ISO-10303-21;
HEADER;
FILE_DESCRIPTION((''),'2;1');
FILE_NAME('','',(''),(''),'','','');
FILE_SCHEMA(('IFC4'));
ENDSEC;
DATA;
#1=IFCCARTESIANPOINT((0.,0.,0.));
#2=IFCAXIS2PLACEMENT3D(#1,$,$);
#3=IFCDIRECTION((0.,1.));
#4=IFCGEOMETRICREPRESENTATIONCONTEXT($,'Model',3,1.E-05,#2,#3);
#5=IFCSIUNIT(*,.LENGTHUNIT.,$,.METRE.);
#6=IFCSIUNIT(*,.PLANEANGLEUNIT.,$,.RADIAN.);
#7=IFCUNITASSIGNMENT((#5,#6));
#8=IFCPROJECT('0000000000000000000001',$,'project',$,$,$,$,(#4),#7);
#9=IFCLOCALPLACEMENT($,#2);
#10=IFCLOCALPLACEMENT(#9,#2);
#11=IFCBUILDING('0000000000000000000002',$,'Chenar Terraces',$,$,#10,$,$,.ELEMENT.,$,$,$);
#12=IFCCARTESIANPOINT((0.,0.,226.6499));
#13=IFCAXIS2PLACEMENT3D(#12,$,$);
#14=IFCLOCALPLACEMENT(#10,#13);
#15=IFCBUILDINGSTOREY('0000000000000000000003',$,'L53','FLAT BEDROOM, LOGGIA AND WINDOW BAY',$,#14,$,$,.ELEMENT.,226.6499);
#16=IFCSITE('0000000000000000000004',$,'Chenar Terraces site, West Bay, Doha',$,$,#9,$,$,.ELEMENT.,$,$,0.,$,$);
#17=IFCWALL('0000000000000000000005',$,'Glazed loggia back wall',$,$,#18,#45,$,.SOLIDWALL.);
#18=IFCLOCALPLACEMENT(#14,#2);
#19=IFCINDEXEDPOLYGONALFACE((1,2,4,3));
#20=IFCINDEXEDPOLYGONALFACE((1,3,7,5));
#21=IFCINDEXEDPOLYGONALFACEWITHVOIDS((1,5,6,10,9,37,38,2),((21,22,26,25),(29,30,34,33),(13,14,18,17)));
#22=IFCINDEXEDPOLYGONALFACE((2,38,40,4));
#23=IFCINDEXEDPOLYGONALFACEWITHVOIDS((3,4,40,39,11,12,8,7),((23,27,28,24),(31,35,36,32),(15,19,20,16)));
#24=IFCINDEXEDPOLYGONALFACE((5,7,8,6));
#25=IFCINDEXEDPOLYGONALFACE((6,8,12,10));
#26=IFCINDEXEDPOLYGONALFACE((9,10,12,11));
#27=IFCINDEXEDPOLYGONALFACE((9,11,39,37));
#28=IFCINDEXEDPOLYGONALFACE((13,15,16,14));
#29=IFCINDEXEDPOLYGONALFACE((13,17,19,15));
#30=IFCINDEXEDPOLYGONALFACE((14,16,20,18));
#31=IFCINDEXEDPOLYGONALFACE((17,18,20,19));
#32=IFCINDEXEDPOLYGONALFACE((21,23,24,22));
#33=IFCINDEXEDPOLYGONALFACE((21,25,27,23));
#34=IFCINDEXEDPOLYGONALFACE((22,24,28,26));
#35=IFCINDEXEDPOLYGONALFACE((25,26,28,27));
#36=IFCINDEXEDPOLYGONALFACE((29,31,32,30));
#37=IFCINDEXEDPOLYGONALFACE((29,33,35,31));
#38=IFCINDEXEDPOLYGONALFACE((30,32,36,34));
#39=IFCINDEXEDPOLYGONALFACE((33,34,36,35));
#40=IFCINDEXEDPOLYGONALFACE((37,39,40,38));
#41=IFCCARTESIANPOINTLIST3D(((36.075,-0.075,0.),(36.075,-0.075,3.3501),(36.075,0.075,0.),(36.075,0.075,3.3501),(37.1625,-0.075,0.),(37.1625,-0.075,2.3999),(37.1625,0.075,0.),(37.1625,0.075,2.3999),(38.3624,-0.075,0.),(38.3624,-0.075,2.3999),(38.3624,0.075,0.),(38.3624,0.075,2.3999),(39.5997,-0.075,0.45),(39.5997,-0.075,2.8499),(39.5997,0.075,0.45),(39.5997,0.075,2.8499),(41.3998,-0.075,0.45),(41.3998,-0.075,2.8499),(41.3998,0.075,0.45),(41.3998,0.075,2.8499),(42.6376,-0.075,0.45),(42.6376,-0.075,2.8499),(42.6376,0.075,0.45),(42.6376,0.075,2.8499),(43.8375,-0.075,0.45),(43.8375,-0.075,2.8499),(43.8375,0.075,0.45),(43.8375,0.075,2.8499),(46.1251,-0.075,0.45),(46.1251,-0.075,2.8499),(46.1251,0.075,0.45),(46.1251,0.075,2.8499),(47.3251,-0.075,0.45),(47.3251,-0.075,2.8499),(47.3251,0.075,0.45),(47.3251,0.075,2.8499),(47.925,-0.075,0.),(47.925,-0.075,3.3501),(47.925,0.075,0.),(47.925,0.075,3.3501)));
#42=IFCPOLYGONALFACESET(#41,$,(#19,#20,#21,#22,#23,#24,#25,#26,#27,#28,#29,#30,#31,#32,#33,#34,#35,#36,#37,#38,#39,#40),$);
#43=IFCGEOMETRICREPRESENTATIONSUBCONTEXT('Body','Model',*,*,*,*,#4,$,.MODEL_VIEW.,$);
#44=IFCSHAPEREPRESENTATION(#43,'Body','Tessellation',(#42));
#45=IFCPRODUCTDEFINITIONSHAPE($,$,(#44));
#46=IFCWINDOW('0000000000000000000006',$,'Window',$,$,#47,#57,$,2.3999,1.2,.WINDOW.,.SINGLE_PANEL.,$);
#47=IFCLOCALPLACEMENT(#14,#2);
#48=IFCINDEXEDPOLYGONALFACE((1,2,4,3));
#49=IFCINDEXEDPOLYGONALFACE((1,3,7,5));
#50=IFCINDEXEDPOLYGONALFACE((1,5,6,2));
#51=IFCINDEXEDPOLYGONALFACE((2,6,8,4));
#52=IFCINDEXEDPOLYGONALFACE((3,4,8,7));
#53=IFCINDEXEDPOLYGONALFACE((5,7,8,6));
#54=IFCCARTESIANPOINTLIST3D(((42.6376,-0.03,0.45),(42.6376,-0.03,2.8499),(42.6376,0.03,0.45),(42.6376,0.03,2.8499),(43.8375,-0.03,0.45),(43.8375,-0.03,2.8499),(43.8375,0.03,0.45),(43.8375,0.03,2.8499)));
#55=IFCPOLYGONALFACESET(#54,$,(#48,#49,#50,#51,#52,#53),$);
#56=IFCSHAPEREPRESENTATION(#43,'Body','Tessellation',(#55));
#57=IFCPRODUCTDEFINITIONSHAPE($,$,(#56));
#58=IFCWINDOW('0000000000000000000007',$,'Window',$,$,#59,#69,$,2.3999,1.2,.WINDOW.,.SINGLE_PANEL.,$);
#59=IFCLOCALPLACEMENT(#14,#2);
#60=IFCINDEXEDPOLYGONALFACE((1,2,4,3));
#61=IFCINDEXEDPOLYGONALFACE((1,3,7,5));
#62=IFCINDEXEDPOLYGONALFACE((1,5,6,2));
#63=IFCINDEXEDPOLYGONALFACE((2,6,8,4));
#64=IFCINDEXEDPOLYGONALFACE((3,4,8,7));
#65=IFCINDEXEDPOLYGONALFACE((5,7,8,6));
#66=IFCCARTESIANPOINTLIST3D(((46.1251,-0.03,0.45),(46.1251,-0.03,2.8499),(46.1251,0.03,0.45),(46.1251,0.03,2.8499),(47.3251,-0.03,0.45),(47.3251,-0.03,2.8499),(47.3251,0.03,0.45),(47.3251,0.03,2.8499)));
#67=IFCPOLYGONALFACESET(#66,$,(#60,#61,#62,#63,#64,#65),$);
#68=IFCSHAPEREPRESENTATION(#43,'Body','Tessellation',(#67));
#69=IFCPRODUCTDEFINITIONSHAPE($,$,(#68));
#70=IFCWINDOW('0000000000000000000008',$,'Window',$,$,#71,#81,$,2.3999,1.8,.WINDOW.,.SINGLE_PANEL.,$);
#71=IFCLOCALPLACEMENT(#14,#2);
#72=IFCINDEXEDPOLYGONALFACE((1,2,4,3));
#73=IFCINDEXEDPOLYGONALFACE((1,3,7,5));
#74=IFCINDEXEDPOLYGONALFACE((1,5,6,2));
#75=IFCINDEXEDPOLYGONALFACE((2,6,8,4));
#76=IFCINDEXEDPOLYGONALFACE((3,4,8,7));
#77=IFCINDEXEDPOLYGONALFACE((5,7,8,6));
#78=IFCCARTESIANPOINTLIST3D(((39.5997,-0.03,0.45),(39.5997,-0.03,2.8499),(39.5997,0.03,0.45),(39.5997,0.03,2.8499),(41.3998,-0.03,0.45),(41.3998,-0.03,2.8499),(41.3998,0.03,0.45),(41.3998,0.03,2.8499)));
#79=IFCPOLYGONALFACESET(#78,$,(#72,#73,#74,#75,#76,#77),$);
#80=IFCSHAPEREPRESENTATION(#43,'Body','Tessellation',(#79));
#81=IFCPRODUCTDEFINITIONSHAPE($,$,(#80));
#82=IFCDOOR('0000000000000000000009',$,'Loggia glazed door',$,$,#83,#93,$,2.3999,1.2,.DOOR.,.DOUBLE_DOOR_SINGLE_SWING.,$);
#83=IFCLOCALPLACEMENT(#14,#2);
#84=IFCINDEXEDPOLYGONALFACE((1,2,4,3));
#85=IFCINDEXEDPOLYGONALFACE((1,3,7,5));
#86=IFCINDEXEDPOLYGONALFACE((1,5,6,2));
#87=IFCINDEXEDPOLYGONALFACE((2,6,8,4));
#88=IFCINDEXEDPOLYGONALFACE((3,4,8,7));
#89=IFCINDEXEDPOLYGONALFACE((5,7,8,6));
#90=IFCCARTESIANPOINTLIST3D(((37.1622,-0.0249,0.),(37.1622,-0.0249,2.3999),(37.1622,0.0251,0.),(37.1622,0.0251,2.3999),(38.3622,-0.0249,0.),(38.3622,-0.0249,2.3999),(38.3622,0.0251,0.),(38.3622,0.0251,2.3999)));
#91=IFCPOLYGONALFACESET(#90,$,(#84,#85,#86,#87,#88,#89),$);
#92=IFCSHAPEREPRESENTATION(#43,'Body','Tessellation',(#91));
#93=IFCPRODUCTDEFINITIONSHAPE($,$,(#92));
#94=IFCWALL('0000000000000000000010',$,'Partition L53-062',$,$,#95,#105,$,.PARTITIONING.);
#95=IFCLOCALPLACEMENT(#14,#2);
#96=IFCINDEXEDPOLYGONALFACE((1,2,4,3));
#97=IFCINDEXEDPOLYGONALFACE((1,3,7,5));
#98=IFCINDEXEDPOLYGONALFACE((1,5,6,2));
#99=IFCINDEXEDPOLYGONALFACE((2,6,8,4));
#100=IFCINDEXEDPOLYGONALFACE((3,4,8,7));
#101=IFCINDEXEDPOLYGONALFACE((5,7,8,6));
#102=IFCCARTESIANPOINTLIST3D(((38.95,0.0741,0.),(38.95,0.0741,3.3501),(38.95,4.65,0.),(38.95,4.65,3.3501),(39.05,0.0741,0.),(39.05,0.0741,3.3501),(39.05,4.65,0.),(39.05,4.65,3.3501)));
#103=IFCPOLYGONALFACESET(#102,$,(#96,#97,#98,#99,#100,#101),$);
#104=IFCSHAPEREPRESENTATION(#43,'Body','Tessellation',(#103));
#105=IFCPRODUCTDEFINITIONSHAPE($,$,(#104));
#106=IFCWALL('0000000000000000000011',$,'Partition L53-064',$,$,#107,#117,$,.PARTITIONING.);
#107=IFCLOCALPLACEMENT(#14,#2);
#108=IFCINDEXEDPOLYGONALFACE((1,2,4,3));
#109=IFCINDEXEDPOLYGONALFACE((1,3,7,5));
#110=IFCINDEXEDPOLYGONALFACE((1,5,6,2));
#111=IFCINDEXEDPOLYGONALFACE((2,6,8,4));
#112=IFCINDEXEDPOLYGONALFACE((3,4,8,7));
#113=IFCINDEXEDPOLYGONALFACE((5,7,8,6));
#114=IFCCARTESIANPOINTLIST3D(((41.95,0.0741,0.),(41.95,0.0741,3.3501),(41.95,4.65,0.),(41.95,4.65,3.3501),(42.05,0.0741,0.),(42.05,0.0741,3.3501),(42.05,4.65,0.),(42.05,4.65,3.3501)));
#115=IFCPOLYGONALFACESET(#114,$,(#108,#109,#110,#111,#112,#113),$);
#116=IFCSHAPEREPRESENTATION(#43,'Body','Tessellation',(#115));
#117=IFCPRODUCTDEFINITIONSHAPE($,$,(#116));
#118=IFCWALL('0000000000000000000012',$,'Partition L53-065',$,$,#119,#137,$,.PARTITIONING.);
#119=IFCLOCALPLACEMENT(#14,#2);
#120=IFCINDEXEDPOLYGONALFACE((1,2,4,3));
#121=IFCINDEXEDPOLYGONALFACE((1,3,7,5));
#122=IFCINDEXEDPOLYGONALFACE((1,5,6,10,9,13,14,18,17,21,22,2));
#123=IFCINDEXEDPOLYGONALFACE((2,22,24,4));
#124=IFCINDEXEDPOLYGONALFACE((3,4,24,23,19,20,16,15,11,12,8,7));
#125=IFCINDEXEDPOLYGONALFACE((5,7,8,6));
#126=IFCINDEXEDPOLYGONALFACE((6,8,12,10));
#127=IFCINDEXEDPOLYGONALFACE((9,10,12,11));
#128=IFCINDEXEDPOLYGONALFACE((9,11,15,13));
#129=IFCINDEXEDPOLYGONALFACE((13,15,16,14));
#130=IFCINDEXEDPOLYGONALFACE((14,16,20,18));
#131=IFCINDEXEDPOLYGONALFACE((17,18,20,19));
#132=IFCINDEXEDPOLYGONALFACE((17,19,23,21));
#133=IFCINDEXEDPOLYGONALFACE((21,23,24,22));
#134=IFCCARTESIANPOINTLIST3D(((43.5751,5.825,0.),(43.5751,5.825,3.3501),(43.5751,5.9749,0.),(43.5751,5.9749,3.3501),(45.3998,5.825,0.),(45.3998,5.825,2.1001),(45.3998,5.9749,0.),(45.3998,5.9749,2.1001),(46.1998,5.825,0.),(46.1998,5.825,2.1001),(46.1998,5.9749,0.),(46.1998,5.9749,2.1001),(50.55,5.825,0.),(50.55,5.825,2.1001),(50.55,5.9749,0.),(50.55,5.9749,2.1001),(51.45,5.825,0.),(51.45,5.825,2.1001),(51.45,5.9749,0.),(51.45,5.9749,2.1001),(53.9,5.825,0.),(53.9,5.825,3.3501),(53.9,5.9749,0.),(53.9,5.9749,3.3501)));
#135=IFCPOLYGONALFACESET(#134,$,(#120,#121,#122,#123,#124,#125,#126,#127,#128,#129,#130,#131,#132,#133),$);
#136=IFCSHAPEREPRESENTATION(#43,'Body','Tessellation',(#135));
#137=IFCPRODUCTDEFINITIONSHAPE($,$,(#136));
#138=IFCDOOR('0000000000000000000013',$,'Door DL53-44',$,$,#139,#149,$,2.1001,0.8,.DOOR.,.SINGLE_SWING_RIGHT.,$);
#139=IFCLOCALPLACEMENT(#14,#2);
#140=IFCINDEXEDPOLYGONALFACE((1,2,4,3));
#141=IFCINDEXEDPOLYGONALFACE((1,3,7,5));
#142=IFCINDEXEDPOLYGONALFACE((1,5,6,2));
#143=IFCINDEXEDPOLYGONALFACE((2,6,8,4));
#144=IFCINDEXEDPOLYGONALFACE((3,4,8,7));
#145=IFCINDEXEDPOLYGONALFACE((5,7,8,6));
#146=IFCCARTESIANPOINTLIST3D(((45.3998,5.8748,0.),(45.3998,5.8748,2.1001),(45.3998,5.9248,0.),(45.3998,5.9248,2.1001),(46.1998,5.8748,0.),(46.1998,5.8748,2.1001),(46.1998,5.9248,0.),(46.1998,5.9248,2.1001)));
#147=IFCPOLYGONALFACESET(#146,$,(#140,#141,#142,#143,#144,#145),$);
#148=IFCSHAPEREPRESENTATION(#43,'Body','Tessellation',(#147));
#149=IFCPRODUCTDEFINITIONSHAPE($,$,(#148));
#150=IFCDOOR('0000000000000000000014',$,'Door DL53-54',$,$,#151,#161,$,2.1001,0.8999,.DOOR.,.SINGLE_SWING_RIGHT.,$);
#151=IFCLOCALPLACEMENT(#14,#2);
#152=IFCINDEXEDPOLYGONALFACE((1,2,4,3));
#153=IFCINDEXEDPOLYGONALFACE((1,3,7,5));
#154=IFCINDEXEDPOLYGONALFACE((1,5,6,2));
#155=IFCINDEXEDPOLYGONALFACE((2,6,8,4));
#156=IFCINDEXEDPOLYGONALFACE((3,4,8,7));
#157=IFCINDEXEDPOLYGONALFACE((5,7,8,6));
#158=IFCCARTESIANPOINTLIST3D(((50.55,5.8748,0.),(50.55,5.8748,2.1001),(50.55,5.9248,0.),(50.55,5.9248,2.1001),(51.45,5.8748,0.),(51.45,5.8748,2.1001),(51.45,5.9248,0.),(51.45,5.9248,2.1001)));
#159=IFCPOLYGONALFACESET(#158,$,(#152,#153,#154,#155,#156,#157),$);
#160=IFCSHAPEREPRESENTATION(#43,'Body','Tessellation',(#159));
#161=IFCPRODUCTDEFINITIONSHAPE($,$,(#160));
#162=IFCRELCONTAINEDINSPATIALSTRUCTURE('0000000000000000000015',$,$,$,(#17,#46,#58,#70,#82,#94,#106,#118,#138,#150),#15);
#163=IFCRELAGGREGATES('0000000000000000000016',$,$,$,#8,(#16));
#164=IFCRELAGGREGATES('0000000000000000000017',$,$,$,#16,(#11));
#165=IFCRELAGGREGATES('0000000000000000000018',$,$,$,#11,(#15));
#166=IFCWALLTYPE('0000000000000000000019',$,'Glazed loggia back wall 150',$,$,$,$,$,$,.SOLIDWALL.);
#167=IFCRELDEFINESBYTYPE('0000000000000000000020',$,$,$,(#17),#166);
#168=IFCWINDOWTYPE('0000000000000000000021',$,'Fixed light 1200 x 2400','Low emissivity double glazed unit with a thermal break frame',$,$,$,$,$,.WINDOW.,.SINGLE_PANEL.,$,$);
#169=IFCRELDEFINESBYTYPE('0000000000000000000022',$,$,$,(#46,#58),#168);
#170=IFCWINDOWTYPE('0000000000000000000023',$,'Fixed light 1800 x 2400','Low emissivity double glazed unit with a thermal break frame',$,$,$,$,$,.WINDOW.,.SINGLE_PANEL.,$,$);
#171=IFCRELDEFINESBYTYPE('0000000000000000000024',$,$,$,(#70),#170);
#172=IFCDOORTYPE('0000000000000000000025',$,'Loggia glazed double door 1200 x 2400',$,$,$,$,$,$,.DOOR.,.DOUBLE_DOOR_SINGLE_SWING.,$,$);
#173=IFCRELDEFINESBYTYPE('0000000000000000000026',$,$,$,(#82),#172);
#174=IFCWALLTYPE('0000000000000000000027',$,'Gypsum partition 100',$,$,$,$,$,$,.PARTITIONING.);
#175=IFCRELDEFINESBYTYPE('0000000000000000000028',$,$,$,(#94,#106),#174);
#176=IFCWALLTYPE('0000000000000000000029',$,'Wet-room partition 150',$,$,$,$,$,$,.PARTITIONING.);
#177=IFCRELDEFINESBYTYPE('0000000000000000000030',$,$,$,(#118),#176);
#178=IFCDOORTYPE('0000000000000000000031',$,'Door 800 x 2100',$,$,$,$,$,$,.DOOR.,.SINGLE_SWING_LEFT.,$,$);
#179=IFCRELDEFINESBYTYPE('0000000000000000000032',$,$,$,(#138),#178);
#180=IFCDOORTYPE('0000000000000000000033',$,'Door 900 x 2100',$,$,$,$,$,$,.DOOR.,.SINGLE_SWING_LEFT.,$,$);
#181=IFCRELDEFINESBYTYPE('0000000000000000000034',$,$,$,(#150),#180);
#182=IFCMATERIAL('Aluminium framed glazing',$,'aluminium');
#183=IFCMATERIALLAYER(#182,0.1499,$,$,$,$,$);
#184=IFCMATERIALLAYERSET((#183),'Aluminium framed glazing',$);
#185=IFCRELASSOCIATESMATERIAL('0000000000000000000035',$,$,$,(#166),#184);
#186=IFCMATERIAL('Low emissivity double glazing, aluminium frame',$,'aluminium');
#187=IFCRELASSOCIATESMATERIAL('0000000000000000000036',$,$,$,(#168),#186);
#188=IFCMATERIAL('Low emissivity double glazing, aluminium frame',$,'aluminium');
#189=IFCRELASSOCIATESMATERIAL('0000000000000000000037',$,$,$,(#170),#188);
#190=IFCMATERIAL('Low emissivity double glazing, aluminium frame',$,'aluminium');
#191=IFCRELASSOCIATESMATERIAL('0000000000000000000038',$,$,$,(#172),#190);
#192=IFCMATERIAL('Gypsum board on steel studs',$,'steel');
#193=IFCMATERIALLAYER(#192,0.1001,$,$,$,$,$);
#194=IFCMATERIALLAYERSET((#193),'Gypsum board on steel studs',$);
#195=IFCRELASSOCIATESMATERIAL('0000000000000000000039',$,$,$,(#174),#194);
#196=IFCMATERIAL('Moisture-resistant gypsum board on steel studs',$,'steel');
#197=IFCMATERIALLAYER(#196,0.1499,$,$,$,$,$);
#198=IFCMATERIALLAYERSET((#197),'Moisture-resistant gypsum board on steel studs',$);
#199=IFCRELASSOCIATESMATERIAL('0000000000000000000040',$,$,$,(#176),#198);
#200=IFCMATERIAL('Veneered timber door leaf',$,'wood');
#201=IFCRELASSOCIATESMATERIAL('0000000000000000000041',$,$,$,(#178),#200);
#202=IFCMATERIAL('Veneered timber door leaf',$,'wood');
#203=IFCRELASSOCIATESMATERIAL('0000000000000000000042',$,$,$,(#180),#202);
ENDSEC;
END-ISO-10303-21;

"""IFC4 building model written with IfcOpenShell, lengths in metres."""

from ifc_helpers import new_model, si_unit, direction, frame, frame_2d, origin, place, context, subcontext, project, spatial, rectangle, extrude, material, layer, layer_set, type_object, element, fill, save


model = new_model("IFC4")

# Units and contexts
model_context = context("Model", 3, precision=1e-05, world=origin(), true_north=direction((0.0, 1.0)))
body_context = subcontext(model_context, "Body", "Model", "MODEL_VIEW")
ifc_project = project(units=[si_unit("LENGTHUNIT", "METRE"), si_unit("PLANEANGLEUNIT", "RADIAN")], contexts=[model_context])

# Site, building, storey
site_placement = place(None, origin())
site = spatial("IfcSite", under=ifc_project, at=site_placement, Name="Chenar Terraces site, West Bay, Doha", CompositionType="ELEMENT", RefElevation=0.0)
building_placement = place(site_placement, origin())
building = spatial("IfcBuilding", under=site, at=building_placement, Name="Chenar Terraces", CompositionType="ELEMENT")
storey_placement = place(building_placement, frame((0.0, 0.0, 226.6499)))
storey = spatial("IfcBuildingStorey", under=building, at=storey_placement, Name="L53", Description="FLAT BEDROOM, LOGGIA AND WINDOW BAY", CompositionType="ELEMENT", Elevation=226.6499)

# Wall, openings, windows, door
ifc_material_1 = material(Name="Aluminium framed glazing", Category="aluminium")
ifc_layer_1 = layer(ifc_material_1, 0.1499)
ifc_layer_set_1 = layer_set([ifc_layer_1], Name="Aluminium framed glazing")
wall_type_1 = type_object("IfcWallType", Name="Glazed loggia back wall 150", PredefinedType="SOLIDWALL", material=ifc_layer_set_1)
wall_1_placement = place(storey_placement, frame((36.075, 0.0, 0.0), z_axis=(0.0, 0.0, 1.0), x_axis=(1.0, 0.0, 0.0)))
wall_1 = element("IfcWall", 1, at=wall_1_placement, inside=storey, type_object=wall_type_1, Name="Glazed loggia back wall", PredefinedType="SOLIDWALL", context=body_context, shape_type="SweptSolid", body=[
    extrude(rectangle(XDim=11.8501, YDim=0.1499, at=frame_2d((5.925, 0.0))), origin(), (0.0, 0.0, 1.0), 3.3501),
])
opening_1_placement = place(wall_1_placement, frame((1.0874, 0.0, 0.0)))
opening_1 = element("IfcOpeningElement", 2, at=opening_1_placement, cuts=wall_1, PredefinedType="OPENING", context=body_context, shape_type="SweptSolid", body=[
    extrude(rectangle(XDim=1.2, YDim=2.3999, at=frame_2d((0.6001, 1.2))), frame((0.0, 0.085, 0.0), z_axis=(0.0, -1.0, 0.0), x_axis=(1.0, 0.0, 0.0)), (0.0, 0.0, 1.0), 0.1699),
])
opening_2_placement = place(wall_1_placement, frame((3.5249, 0.0, 0.45)))
opening_2 = element("IfcOpeningElement", 3, at=opening_2_placement, cuts=wall_1, PredefinedType="OPENING", context=body_context, shape_type="SweptSolid", body=[
    extrude(rectangle(XDim=1.8, YDim=2.3999, at=frame_2d((0.8999, 1.2))), frame((0.0, 0.085, 0.0), z_axis=(0.0, -1.0, 0.0), x_axis=(1.0, 0.0, 0.0)), (0.0, 0.0, 1.0), 0.1699),
])
opening_3_placement = place(wall_1_placement, frame((6.5625, 0.0, 0.45)))
opening_3 = element("IfcOpeningElement", 4, at=opening_3_placement, cuts=wall_1, PredefinedType="OPENING", context=body_context, shape_type="SweptSolid", body=[
    extrude(rectangle(XDim=1.2, YDim=2.3999, at=frame_2d((0.6001, 1.2))), frame((0.0, 0.085, 0.0), z_axis=(0.0, -1.0, 0.0), x_axis=(1.0, 0.0, 0.0)), (0.0, 0.0, 1.0), 0.1699),
])
opening_4_placement = place(wall_1_placement, frame((10.05, 0.0, 0.45)))
opening_4 = element("IfcOpeningElement", 5, at=opening_4_placement, cuts=wall_1, PredefinedType="OPENING", context=body_context, shape_type="SweptSolid", body=[
    extrude(rectangle(XDim=1.2, YDim=2.3999, at=frame_2d((0.6001, 1.2))), frame((0.0, 0.085, 0.0), z_axis=(0.0, -1.0, 0.0), x_axis=(1.0, 0.0, 0.0)), (0.0, 0.0, 1.0), 0.1699),
])
ifc_material_2 = material(Name="Low emissivity double glazing, aluminium frame", Category="aluminium")
window_type_1 = type_object("IfcWindowType", Name="Fixed light 1200 x 2400", Description="Low emissivity double glazed unit with a thermal break frame", PartitioningType="SINGLE_PANEL", PredefinedType="WINDOW", material=ifc_material_2)
window_1_placement = place(opening_3_placement, origin())
window_1 = element("IfcWindow", 6, at=window_1_placement, inside=storey, type_object=window_type_1, Name="Window", OverallHeight=2.3999, OverallWidth=1.2, PartitioningType="SINGLE_PANEL", PredefinedType="WINDOW", context=body_context, shape_type="SweptSolid", body=[
    extrude(rectangle(XDim=1.2, YDim=2.3999, at=frame_2d((0.6001, 1.2))), frame((0.0, 0.03, 0.0), z_axis=(0.0, -1.0, 0.0), x_axis=(1.0, 0.0, 0.0)), (0.0, 0.0, 1.0), 0.0601),
])
fill(opening_3, window_1)
window_2_placement = place(opening_4_placement, origin())
window_2 = element("IfcWindow", 7, at=window_2_placement, inside=storey, type_object=window_type_1, Name="Window", OverallHeight=2.3999, OverallWidth=1.2, PartitioningType="SINGLE_PANEL", PredefinedType="WINDOW", context=body_context, shape_type="SweptSolid", body=[
    extrude(rectangle(XDim=1.2, YDim=2.3999, at=frame_2d((0.6001, 1.2))), frame((0.0, 0.03, 0.0), z_axis=(0.0, -1.0, 0.0), x_axis=(1.0, 0.0, 0.0)), (0.0, 0.0, 1.0), 0.0601),
])
fill(opening_4, window_2)
ifc_material_3 = material(Name="Low emissivity double glazing, aluminium frame", Category="aluminium")
window_type_2 = type_object("IfcWindowType", Name="Fixed light 1800 x 2400", Description="Low emissivity double glazed unit with a thermal break frame", PartitioningType="SINGLE_PANEL", PredefinedType="WINDOW", material=ifc_material_3)
window_3_placement = place(opening_2_placement, origin())
window_3 = element("IfcWindow", 8, at=window_3_placement, inside=storey, type_object=window_type_2, Name="Window", OverallHeight=2.3999, OverallWidth=1.8, PartitioningType="SINGLE_PANEL", PredefinedType="WINDOW", context=body_context, shape_type="SweptSolid", body=[
    extrude(rectangle(XDim=1.8, YDim=2.3999, at=frame_2d((0.8999, 1.2))), frame((0.0, 0.03, 0.0), z_axis=(0.0, -1.0, 0.0), x_axis=(1.0, 0.0, 0.0)), (0.0, 0.0, 1.0), 0.0601),
])
fill(opening_2, window_3)
ifc_material_4 = material(Name="Low emissivity double glazing, aluminium frame", Category="aluminium")
door_type_1 = type_object("IfcDoorType", Name="Loggia glazed double door 1200 x 2400", OperationType="DOUBLE_DOOR_SINGLE_SWING", PredefinedType="DOOR", material=ifc_material_4)
door_1_placement = place(opening_1_placement, frame((1.2, 0.0, 0.0), z_axis=(0.0, 0.0, 1.0), x_axis=(-1.0, 0.0, 0.0)))
door_1 = element("IfcDoor", 9, at=door_1_placement, inside=storey, type_object=door_type_1, Name="Loggia glazed door", OperationType="DOUBLE_DOOR_SINGLE_SWING", OverallHeight=2.3999, OverallWidth=1.2, PredefinedType="DOOR", context=body_context, shape_type="SweptSolid", body=[
    extrude(rectangle(XDim=1.2, YDim=2.3999, at=frame_2d((0.6001, 1.2))), frame((0.0, 0.0249, 0.0), z_axis=(0.0, -1.0, 0.0), x_axis=(1.0, 0.0, 0.0)), (0.0, 0.0, 1.0), 0.05),
])
fill(opening_1, door_1)

# Walls
ifc_material_5 = material(Name="Gypsum board on steel studs", Category="steel")
ifc_layer_2 = layer(ifc_material_5, 0.1001)
ifc_layer_set_2 = layer_set([ifc_layer_2], Name="Gypsum board on steel studs")
wall_type_2 = type_object("IfcWallType", Name="Gypsum partition 100", PredefinedType="PARTITIONING", material=ifc_layer_set_2)
for number, where, z_axis, x_axis, name in (
    (10, (39.0, 0.074, 0.0), (0.0, 0.0, 1.0), (0.0, 1.0, 0.0), "Partition L53-062"),
    (11, (42.0, 0.074, 0.0), (0.0, 0.0, 1.0), (0.0, 1.0, 0.0), "Partition L53-064"),
):
    element("IfcWall", number, at=place(storey_placement, frame(where, z_axis=z_axis, x_axis=x_axis)), inside=storey, type_object=wall_type_2, Name=name, PredefinedType="PARTITIONING", context=body_context, shape_type="SweptSolid", body=[
        extrude(rectangle(XDim=4.5759, YDim=0.1001, at=frame_2d((2.2881, 0.0))), origin(), (0.0, 0.0, 1.0), 3.3501),
    ])

# Wall, openings, doors
ifc_material_6 = material(Name="Moisture-resistant gypsum board on steel studs", Category="steel")
ifc_layer_3 = layer(ifc_material_6, 0.1499)
ifc_layer_set_3 = layer_set([ifc_layer_3], Name="Moisture-resistant gypsum board on steel studs")
wall_type_3 = type_object("IfcWallType", Name="Wet-room partition 150", PredefinedType="PARTITIONING", material=ifc_layer_set_3)
wall_2_placement = place(storey_placement, frame((43.575, 5.8999, 0.0), z_axis=(0.0, 0.0, 1.0), x_axis=(1.0, 0.0, 0.0)))
wall_2 = element("IfcWall", 12, at=wall_2_placement, inside=storey, type_object=wall_type_3, Name="Partition L53-065", PredefinedType="PARTITIONING", context=body_context, shape_type="SweptSolid", body=[
    extrude(rectangle(XDim=10.325, YDim=0.1499, at=frame_2d((5.1626, 0.0))), origin(), (0.0, 0.0, 1.0), 3.3501),
])
opening_5_placement = place(wall_2_placement, frame((1.825, 0.0, 0.0)))
opening_5 = element("IfcOpeningElement", 13, at=opening_5_placement, cuts=wall_2, PredefinedType="OPENING", context=body_context, shape_type="SweptSolid", body=[
    extrude(rectangle(XDim=0.8, YDim=2.1001, at=frame_2d((0.3999, 1.05))), frame((0.0, 0.085, 0.0), z_axis=(0.0, -1.0, 0.0), x_axis=(1.0, 0.0, 0.0)), (0.0, 0.0, 1.0), 0.1699),
])
opening_6_placement = place(wall_2_placement, frame((6.9751, 0.0, 0.0)))
opening_6 = element("IfcOpeningElement", 14, at=opening_6_placement, cuts=wall_2, PredefinedType="OPENING", context=body_context, shape_type="SweptSolid", body=[
    extrude(rectangle(XDim=0.8999, YDim=2.1001, at=frame_2d((0.45, 1.05))), frame((0.0, 0.085, 0.0), z_axis=(0.0, -1.0, 0.0), x_axis=(1.0, 0.0, 0.0)), (0.0, 0.0, 1.0), 0.1699),
])
ifc_material_7 = material(Name="Veneered timber door leaf", Category="wood")
door_type_2 = type_object("IfcDoorType", Name="Door 800 x 2100", OperationType="SINGLE_SWING_LEFT", PredefinedType="DOOR", material=ifc_material_7)
door_2_placement = place(opening_5_placement, origin())
door_2 = element("IfcDoor", 15, at=door_2_placement, inside=storey, type_object=door_type_2, Name="Door DL53-44", OperationType="SINGLE_SWING_RIGHT", OverallHeight=2.1001, OverallWidth=0.8, PredefinedType="DOOR", context=body_context, shape_type="SweptSolid", body=[
    extrude(rectangle(XDim=0.8, YDim=2.1001, at=frame_2d((0.3999, 1.05))), frame((0.0, 0.0249, 0.0), z_axis=(0.0, -1.0, 0.0), x_axis=(1.0, 0.0, 0.0)), (0.0, 0.0, 1.0), 0.05),
])
fill(opening_5, door_2)
ifc_material_8 = material(Name="Veneered timber door leaf", Category="wood")
door_type_3 = type_object("IfcDoorType", Name="Door 900 x 2100", OperationType="SINGLE_SWING_LEFT", PredefinedType="DOOR", material=ifc_material_8)
door_3_placement = place(opening_6_placement, origin())
door_3 = element("IfcDoor", 16, at=door_3_placement, inside=storey, type_object=door_type_3, Name="Door DL53-54", OperationType="SINGLE_SWING_RIGHT", OverallHeight=2.1001, OverallWidth=0.8999, PredefinedType="DOOR", context=body_context, shape_type="SweptSolid", body=[
    extrude(rectangle(XDim=0.8999, YDim=2.1001, at=frame_2d((0.45, 1.05))), frame((0.0, 0.0249, 0.0), z_axis=(0.0, -1.0, 0.0), x_axis=(1.0, 0.0, 0.0)), (0.0, 0.0, 1.0), 0.05),
])
fill(opening_6, door_3)

save(model, "model.ifc")
